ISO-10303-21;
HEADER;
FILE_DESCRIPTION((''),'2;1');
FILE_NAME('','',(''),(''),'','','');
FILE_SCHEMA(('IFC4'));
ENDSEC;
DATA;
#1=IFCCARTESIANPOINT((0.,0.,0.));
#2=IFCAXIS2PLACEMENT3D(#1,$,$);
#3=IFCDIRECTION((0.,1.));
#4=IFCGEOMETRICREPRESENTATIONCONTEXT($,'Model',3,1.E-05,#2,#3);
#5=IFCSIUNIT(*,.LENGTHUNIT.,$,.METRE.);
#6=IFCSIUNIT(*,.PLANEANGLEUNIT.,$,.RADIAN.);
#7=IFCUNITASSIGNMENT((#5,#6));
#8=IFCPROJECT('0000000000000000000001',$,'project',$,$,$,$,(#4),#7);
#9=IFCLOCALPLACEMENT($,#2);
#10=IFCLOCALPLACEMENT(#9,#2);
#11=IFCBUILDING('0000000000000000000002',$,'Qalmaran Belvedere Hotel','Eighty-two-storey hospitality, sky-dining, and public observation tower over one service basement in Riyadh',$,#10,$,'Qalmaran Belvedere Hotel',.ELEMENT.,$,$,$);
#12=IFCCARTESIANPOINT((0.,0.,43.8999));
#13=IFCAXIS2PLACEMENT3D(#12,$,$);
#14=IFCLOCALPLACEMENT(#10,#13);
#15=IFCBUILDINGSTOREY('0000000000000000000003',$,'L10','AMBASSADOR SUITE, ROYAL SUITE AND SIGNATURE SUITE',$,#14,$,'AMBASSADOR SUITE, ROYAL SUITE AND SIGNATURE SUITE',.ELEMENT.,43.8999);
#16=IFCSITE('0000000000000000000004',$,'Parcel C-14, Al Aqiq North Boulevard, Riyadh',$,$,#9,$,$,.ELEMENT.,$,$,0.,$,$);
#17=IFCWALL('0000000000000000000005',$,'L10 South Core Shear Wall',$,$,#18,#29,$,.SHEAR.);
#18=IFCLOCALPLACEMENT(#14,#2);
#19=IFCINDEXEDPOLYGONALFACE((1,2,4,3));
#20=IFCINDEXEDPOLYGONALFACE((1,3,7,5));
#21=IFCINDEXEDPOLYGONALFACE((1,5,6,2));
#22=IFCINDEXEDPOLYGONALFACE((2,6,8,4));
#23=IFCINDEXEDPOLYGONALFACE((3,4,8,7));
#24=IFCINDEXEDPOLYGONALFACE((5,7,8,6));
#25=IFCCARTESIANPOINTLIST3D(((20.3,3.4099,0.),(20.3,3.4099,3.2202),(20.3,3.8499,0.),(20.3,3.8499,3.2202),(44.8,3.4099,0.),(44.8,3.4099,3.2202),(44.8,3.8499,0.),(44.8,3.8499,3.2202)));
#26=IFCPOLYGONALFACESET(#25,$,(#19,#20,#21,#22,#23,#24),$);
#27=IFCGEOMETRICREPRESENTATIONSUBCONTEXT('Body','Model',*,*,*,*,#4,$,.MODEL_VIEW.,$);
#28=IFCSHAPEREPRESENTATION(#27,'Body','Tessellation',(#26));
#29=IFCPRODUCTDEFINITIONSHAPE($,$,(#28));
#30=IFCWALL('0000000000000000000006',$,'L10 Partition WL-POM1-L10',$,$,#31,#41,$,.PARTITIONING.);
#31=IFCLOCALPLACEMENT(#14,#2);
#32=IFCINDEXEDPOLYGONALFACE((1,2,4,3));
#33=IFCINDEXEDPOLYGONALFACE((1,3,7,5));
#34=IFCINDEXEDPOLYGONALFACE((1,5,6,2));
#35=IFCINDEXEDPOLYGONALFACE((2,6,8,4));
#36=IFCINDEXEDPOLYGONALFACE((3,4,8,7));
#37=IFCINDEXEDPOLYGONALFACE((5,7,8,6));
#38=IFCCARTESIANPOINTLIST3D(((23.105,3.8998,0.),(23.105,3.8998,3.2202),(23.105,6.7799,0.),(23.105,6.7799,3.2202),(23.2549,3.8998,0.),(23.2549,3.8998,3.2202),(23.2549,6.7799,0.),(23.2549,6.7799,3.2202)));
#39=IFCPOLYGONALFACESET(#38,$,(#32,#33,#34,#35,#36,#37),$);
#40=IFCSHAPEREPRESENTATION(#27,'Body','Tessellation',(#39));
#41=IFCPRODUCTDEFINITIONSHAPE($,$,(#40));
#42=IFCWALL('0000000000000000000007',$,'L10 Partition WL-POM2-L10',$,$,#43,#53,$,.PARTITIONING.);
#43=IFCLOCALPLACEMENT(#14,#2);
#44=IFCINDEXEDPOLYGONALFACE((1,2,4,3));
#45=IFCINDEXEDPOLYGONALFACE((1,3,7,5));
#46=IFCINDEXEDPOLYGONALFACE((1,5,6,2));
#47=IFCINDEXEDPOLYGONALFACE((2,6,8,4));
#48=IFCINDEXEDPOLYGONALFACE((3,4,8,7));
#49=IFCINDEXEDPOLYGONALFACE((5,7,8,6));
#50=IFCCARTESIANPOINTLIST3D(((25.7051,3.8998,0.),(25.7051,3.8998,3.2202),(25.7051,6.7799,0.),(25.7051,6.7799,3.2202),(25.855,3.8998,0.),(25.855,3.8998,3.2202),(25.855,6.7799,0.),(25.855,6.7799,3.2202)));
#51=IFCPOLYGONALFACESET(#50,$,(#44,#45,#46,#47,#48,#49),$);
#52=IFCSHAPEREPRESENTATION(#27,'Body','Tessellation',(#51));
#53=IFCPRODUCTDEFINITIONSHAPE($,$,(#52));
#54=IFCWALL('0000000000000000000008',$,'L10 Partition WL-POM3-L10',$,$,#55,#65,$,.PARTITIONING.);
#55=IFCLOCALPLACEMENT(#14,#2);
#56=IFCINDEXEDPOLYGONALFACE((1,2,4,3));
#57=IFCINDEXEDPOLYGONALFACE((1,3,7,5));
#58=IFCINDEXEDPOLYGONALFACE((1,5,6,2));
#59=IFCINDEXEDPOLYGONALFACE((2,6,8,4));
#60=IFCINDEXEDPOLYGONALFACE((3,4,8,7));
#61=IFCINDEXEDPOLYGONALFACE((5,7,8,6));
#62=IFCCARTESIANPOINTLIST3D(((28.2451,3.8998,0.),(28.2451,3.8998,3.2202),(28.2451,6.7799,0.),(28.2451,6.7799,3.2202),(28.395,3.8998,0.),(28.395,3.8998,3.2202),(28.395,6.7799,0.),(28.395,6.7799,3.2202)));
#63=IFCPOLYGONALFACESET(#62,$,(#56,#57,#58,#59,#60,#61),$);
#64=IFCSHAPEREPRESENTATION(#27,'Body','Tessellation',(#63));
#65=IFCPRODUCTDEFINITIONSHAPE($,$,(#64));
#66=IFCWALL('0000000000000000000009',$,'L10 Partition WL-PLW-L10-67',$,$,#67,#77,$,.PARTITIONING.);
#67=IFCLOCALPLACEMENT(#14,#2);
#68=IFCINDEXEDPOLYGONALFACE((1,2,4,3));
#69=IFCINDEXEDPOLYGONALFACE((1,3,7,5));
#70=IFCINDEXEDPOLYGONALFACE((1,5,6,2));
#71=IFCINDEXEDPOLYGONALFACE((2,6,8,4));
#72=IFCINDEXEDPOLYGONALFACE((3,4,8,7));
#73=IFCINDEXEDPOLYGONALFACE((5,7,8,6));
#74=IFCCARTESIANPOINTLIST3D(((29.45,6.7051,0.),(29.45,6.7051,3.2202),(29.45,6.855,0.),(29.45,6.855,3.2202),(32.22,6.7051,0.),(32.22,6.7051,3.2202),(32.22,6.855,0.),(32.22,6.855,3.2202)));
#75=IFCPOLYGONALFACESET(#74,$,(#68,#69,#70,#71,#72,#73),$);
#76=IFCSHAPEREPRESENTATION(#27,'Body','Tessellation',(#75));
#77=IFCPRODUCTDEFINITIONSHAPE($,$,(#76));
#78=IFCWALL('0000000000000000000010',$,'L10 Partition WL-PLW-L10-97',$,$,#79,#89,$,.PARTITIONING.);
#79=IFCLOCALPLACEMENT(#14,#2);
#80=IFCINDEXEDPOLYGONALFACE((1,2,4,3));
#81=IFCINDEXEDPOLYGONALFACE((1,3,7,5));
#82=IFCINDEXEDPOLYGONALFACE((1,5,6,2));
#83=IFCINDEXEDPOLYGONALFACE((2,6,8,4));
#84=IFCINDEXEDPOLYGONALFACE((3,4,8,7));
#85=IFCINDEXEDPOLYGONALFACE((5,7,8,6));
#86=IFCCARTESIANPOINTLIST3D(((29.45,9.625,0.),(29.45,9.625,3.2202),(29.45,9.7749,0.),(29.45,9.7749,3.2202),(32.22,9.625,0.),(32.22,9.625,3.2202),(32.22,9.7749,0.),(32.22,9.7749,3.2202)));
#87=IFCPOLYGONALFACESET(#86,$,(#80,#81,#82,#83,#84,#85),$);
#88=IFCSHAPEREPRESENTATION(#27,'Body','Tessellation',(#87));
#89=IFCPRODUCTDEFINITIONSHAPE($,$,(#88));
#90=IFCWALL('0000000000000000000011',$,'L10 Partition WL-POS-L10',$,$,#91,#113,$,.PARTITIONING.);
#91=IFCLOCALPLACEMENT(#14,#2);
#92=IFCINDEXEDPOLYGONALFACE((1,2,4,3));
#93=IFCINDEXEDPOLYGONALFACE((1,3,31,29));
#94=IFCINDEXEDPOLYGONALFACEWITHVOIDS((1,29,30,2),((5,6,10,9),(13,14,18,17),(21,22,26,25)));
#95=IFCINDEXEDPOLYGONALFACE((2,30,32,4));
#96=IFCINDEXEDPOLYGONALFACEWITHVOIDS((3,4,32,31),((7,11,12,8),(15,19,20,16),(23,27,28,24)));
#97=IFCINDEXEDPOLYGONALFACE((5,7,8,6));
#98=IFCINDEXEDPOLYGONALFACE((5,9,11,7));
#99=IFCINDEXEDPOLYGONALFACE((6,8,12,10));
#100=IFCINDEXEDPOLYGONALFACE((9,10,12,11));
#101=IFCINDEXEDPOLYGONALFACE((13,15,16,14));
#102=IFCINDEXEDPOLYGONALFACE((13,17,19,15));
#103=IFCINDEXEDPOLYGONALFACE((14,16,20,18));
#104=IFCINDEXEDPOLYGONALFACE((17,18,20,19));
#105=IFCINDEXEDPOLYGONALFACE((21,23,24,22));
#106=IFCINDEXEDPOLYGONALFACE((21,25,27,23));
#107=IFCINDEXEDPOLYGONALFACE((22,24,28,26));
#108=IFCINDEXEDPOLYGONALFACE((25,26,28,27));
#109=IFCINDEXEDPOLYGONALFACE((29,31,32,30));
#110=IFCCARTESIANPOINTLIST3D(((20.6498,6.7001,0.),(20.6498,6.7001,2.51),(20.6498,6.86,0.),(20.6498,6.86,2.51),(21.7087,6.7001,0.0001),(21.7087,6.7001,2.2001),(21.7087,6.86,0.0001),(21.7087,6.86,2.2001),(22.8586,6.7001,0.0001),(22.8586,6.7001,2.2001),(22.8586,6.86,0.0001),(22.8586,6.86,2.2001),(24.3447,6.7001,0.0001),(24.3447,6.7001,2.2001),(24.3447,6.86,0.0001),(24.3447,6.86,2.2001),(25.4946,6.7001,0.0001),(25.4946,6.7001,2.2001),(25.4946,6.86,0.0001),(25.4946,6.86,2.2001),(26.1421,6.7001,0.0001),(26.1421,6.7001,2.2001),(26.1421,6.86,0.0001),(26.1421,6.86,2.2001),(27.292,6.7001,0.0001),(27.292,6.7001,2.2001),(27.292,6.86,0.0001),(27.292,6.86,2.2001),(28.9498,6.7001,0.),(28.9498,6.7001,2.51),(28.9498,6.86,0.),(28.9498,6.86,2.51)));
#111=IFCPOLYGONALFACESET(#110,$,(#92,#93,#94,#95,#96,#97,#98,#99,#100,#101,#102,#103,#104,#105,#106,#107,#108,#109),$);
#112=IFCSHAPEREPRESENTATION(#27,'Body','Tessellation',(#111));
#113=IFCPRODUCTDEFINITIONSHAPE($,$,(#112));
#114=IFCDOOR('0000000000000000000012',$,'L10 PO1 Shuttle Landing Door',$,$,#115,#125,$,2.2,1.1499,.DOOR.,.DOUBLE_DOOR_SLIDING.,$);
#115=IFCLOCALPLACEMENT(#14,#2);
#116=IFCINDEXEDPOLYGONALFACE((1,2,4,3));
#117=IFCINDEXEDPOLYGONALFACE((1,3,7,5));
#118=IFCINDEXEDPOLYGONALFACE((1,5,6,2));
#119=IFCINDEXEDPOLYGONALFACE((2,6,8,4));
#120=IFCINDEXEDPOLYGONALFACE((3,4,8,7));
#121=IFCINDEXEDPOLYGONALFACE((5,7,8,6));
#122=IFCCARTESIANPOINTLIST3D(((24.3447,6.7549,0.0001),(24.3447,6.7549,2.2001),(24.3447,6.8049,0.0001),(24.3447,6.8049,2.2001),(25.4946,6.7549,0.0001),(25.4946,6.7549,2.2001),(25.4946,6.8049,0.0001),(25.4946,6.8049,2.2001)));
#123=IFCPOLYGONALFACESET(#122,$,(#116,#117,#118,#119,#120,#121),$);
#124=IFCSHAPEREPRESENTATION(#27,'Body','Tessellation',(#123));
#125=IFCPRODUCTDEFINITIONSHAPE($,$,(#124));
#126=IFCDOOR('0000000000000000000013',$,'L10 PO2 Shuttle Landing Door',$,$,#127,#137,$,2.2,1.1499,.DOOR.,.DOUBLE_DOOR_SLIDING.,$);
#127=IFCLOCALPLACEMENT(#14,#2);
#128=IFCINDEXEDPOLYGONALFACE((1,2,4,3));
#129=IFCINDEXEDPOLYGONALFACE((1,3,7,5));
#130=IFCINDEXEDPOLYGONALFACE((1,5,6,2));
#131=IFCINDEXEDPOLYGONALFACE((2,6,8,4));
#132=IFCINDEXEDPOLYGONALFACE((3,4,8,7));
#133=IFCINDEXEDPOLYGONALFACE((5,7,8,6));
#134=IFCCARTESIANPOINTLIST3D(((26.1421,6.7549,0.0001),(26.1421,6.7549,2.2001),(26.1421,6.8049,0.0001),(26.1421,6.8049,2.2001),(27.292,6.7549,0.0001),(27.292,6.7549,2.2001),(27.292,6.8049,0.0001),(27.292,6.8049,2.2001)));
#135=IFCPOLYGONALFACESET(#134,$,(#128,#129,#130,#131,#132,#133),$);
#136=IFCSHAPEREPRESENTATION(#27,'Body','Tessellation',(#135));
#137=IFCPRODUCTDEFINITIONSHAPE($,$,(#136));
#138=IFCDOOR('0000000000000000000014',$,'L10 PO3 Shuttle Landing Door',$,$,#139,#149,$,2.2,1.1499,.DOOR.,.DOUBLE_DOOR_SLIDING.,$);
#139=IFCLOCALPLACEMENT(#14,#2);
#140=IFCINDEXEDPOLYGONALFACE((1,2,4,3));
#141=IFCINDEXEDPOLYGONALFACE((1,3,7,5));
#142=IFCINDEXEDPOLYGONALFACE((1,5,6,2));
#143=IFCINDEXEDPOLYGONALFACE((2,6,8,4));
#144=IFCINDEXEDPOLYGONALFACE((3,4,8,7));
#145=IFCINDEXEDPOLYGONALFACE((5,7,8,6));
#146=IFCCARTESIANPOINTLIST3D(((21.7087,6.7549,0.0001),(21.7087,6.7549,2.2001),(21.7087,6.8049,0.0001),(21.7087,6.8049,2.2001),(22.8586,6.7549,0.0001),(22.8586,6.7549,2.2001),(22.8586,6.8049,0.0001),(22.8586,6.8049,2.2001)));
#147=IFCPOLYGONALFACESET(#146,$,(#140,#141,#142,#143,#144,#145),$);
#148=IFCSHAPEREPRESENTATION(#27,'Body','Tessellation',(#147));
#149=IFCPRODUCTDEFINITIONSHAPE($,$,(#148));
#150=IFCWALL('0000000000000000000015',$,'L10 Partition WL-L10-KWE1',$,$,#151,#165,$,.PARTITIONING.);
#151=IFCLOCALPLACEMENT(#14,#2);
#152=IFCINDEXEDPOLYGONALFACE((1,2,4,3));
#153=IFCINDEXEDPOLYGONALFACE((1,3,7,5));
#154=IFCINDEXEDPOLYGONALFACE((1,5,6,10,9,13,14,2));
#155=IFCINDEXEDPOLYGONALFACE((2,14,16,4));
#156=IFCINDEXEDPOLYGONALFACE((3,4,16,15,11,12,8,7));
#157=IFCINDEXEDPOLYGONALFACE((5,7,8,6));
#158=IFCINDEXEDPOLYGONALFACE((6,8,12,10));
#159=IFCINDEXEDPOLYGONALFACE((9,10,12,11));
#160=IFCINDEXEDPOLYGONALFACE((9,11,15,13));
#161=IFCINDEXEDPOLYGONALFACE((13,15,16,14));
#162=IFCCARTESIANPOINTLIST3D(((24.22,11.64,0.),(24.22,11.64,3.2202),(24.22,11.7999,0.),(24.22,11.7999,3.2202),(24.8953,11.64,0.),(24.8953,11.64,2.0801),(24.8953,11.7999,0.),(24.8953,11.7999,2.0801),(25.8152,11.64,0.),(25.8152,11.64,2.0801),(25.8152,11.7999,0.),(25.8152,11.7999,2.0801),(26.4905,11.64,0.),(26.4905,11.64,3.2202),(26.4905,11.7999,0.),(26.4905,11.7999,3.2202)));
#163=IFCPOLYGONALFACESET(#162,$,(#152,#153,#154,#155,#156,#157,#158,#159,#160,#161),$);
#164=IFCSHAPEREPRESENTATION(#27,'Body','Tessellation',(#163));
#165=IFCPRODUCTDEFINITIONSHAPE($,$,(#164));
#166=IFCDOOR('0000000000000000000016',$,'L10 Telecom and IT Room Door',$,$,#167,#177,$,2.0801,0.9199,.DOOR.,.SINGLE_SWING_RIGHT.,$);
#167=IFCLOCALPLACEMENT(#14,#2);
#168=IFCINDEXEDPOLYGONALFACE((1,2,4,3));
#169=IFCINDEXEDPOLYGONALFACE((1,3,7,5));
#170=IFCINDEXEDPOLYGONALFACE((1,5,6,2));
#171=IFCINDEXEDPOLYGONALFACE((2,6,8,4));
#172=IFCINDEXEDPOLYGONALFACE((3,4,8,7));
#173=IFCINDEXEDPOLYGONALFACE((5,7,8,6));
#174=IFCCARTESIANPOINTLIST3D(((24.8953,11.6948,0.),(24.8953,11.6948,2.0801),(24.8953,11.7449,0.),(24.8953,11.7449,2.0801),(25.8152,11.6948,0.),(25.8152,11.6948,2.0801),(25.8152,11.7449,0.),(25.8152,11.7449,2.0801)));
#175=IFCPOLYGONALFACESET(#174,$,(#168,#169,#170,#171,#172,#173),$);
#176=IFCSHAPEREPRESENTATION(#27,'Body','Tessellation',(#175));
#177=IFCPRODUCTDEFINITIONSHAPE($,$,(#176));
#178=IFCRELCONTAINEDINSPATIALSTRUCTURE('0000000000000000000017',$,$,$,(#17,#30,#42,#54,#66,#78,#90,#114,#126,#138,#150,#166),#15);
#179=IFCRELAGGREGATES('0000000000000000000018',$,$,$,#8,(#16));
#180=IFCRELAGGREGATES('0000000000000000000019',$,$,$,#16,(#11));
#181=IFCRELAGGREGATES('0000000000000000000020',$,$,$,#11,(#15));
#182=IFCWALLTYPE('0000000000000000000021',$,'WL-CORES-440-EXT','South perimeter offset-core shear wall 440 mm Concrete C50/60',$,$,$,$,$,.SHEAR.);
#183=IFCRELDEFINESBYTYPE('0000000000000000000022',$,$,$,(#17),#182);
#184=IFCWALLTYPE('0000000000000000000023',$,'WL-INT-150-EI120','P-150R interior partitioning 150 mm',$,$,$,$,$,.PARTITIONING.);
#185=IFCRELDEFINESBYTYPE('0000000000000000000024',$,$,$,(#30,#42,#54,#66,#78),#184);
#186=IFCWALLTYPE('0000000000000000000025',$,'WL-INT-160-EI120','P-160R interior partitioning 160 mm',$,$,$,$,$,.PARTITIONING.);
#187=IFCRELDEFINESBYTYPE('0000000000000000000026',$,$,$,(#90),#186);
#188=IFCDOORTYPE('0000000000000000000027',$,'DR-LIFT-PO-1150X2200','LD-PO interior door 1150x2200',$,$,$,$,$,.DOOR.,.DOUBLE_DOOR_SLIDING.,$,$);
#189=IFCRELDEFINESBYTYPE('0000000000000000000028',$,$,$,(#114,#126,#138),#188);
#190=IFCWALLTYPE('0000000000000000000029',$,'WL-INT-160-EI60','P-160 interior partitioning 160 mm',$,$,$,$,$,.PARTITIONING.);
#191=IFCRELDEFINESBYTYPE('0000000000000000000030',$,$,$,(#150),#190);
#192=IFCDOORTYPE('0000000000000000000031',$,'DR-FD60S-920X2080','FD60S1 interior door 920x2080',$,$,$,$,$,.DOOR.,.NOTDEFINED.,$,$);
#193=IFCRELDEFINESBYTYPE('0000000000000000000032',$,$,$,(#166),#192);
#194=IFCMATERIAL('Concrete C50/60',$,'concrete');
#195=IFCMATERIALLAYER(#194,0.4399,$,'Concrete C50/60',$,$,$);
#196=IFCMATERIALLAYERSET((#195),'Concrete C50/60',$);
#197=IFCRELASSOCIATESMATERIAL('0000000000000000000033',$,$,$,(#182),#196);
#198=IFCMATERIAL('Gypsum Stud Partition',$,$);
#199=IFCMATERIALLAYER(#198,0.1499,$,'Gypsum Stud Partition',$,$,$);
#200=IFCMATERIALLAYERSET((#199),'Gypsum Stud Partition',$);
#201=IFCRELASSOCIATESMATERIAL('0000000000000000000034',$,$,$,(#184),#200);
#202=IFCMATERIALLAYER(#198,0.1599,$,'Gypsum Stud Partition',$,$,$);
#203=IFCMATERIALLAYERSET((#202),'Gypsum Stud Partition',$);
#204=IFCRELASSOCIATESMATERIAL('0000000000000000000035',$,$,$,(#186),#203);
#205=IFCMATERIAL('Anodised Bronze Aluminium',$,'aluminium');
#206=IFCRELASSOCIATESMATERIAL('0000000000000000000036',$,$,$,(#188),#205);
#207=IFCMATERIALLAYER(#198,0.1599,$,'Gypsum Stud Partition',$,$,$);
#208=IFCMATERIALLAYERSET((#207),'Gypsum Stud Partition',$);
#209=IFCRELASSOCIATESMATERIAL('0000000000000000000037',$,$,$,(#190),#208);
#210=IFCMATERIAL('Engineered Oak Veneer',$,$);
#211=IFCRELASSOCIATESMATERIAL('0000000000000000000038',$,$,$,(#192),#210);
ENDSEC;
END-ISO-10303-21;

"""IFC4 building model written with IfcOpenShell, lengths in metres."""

from ifc_helpers import new_model, si_unit, direction, frame, frame_2d, origin, place, context, subcontext, project, spatial, rectangle, extrude, material, layer, layer_set, type_object, element, fill, save


model = new_model("IFC4")

# Units and contexts
model_context = context("Model", 3, precision=1e-05, world=origin(), true_north=direction((0.0, 1.0)))
body_context = subcontext(model_context, "Body", "Model", "MODEL_VIEW")
ifc_project = project(units=[si_unit("LENGTHUNIT", "METRE"), si_unit("PLANEANGLEUNIT", "RADIAN")], contexts=[model_context])

# Site, building, storey
site_placement = place(None, origin())
site = spatial("IfcSite", under=ifc_project, at=site_placement, Name="Parcel C-14, Al Aqiq North Boulevard, Riyadh", CompositionType="ELEMENT", RefElevation=0.0)
building_placement = place(site_placement, origin())
building = spatial("IfcBuilding", under=site, at=building_placement, Name="Qalmaran Belvedere Hotel", Description="Eighty-two-storey hospitality, sky-dining, and public observation tower over one service basement in Riyadh", LongName="Qalmaran Belvedere Hotel", CompositionType="ELEMENT")
storey_placement = place(building_placement, frame((0.0, 0.0, 43.8999)))
storey = spatial("IfcBuildingStorey", under=building, at=storey_placement, Name="L10", Description="AMBASSADOR SUITE, ROYAL SUITE AND SIGNATURE SUITE", LongName="AMBASSADOR SUITE, ROYAL SUITE AND SIGNATURE SUITE", CompositionType="ELEMENT", Elevation=43.8999)

# Shared definitions
ifc_material_1 = material(Name="Anodised Bronze Aluminium", Category="aluminium")

# Walls
ifc_material_2 = material(Name="Concrete C50/60", Category="concrete")
ifc_layer_1 = layer(ifc_material_2, 0.4399, Name="Concrete C50/60")
ifc_layer_set_1 = layer_set([ifc_layer_1], Name="Concrete C50/60")
wall_type_1 = type_object("IfcWallType", Name="WL-CORES-440-EXT", Description="South perimeter offset-core shear wall 440 mm Concrete C50/60", PredefinedType="SHEAR", material=ifc_layer_set_1)
wall_1_placement = place(storey_placement, frame((20.3, 3.6299, 0.0), z_axis=(0.0, 0.0, 1.0), x_axis=(1.0, 0.0, 0.0)))
element("IfcWall", 1, at=wall_1_placement, inside=storey, type_object=wall_type_1, Name="L10 South Core Shear Wall", PredefinedType="SHEAR", context=body_context, shape_type="SweptSolid", body=[
    extrude(rectangle(XDim=24.5, YDim=0.4399, at=frame_2d((12.25, 0.0))), origin(), (0.0, 0.0, 1.0), 3.2202),
])
ifc_material_3 = material(Name="Gypsum Stud Partition")
ifc_layer_2 = layer(ifc_material_3, 0.1499, Name="Gypsum Stud Partition")
ifc_layer_set_2 = layer_set([ifc_layer_2], Name="Gypsum Stud Partition")
wall_type_2 = type_object("IfcWallType", Name="WL-INT-150-EI120", Description="P-150R interior partitioning 150 mm", PredefinedType="PARTITIONING", material=ifc_layer_set_2)
for number, where, z_axis, x_axis, name in (
    (2, (23.1799, 3.8999, 0.0), (0.0, 0.0, 1.0), (0.0, 1.0, 0.0), "L10 Partition WL-POM1-L10"),
    (3, (25.78, 3.8999, 0.0), (0.0, 0.0, 1.0), (0.0, 1.0, 0.0), "L10 Partition WL-POM2-L10"),
    (4, (28.3201, 3.8999, 0.0), (0.0, 0.0, 1.0), (0.0, 1.0, 0.0), "L10 Partition WL-POM3-L10"),
):
    element("IfcWall", number, at=place(storey_placement, frame(where, z_axis=z_axis, x_axis=x_axis)), inside=storey, type_object=wall_type_2, Name=name, PredefinedType="PARTITIONING", context=body_context, shape_type="SweptSolid", body=[
        extrude(rectangle(XDim=2.8801, YDim=0.1499, at=frame_2d((1.4399, 0.0))), origin(), (0.0, 0.0, 1.0), 3.2202),
    ])
for number, where, z_axis, x_axis, name in (
    (5, (29.45, 6.78, 0.0), (0.0, 0.0, 1.0), (1.0, 0.0, 0.0), "L10 Partition WL-PLW-L10-67"),
    (6, (29.45, 9.7, 0.0), (0.0, 0.0, 1.0), (1.0, 0.0, 0.0), "L10 Partition WL-PLW-L10-97"),
):
    element("IfcWall", number, at=place(storey_placement, frame(where, z_axis=z_axis, x_axis=x_axis)), inside=storey, type_object=wall_type_2, Name=name, PredefinedType="PARTITIONING", context=body_context, shape_type="SweptSolid", body=[
        extrude(rectangle(XDim=2.77, YDim=0.1499, at=frame_2d((1.385, 0.0))), origin(), (0.0, 0.0, 1.0), 3.2202),
    ])

# Wall, openings, doors
ifc_layer_3 = layer(ifc_material_3, 0.1599, Name="Gypsum Stud Partition")
ifc_layer_set_3 = layer_set([ifc_layer_3], Name="Gypsum Stud Partition")
wall_type_3 = type_object("IfcWallType", Name="WL-INT-160-EI120", Description="P-160R interior partitioning 160 mm", PredefinedType="PARTITIONING", material=ifc_layer_set_3)
wall_2_placement = place(storey_placement, frame((20.6499, 6.78, 0.0), z_axis=(0.0, 0.0, 1.0), x_axis=(1.0, 0.0, 0.0)))
wall_2 = element("IfcWall", 7, at=wall_2_placement, inside=storey, type_object=wall_type_3, Name="L10 Partition WL-POS-L10", PredefinedType="PARTITIONING", context=body_context, shape_type="SweptSolid", body=[
    extrude(rectangle(XDim=8.3, YDim=0.1599, at=frame_2d((4.1499, 0.0))), origin(), (0.0, 0.0, 1.0), 2.51),
])
opening_1_placement = place(wall_2_placement, frame((3.6948, 0.0, 0.0)))
opening_1 = element("IfcOpeningElement", 8, at=opening_1_placement, cuts=wall_2, PredefinedType="OPENING", context=body_context, shape_type="SweptSolid", body=[
    extrude(rectangle(XDim=1.1499, YDim=2.2, at=frame_2d((0.575, 1.1001))), frame((0.0, 0.0898, 0.0), z_axis=(0.0, -1.0, 0.0), x_axis=(1.0, 0.0, 0.0)), (0.0, 0.0, 1.0), 0.1799),
])
opening_2_placement = place(wall_2_placement, frame((5.4922, 0.0, 0.0)))
opening_2 = element("IfcOpeningElement", 9, at=opening_2_placement, cuts=wall_2, PredefinedType="OPENING", context=body_context, shape_type="SweptSolid", body=[
    extrude(rectangle(XDim=1.1499, YDim=2.2, at=frame_2d((0.575, 1.1001))), frame((0.0, 0.0898, 0.0), z_axis=(0.0, -1.0, 0.0), x_axis=(1.0, 0.0, 0.0)), (0.0, 0.0, 1.0), 0.1799),
])
opening_3_placement = place(wall_2_placement, frame((1.0588, 0.0, 0.0)))
opening_3 = element("IfcOpeningElement", 10, at=opening_3_placement, cuts=wall_2, PredefinedType="OPENING", context=body_context, shape_type="SweptSolid", body=[
    extrude(rectangle(XDim=1.1499, YDim=2.2, at=frame_2d((0.575, 1.1001))), frame((0.0, 0.0898, 0.0), z_axis=(0.0, -1.0, 0.0), x_axis=(1.0, 0.0, 0.0)), (0.0, 0.0, 1.0), 0.1799),
])
door_type_1 = type_object("IfcDoorType", Name="DR-LIFT-PO-1150X2200", Description="LD-PO interior door 1150x2200", OperationType="DOUBLE_DOOR_SLIDING", PredefinedType="DOOR", material=ifc_material_1)
door_1_placement = place(opening_1_placement, origin())
door_1 = element("IfcDoor", 11, at=door_1_placement, inside=storey, type_object=door_type_1, Name="L10 PO1 Shuttle Landing Door", OperationType="DOUBLE_DOOR_SLIDING", OverallHeight=2.2, OverallWidth=1.1499, PredefinedType="DOOR", context=body_context, shape_type="SweptSolid", body=[
    extrude(rectangle(XDim=1.1499, YDim=2.2, at=frame_2d((0.575, 1.1001))), frame((0.0, 0.0249, 0.0), z_axis=(0.0, -1.0, 0.0), x_axis=(1.0, 0.0, 0.0)), (0.0, 0.0, 1.0), 0.05),
])
fill(opening_1, door_1)
door_2_placement = place(opening_2_placement, origin())
door_2 = element("IfcDoor", 12, at=door_2_placement, inside=storey, type_object=door_type_1, Name="L10 PO2 Shuttle Landing Door", OperationType="DOUBLE_DOOR_SLIDING", OverallHeight=2.2, OverallWidth=1.1499, PredefinedType="DOOR", context=body_context, shape_type="SweptSolid", body=[
    extrude(rectangle(XDim=1.1499, YDim=2.2, at=frame_2d((0.575, 1.1001))), frame((0.0, 0.0249, 0.0), z_axis=(0.0, -1.0, 0.0), x_axis=(1.0, 0.0, 0.0)), (0.0, 0.0, 1.0), 0.05),
])
fill(opening_2, door_2)
door_3_placement = place(opening_3_placement, origin())
door_3 = element("IfcDoor", 13, at=door_3_placement, inside=storey, type_object=door_type_1, Name="L10 PO3 Shuttle Landing Door", OperationType="DOUBLE_DOOR_SLIDING", OverallHeight=2.2, OverallWidth=1.1499, PredefinedType="DOOR", context=body_context, shape_type="SweptSolid", body=[
    extrude(rectangle(XDim=1.1499, YDim=2.2, at=frame_2d((0.575, 1.1001))), frame((0.0, 0.0249, 0.0), z_axis=(0.0, -1.0, 0.0), x_axis=(1.0, 0.0, 0.0)), (0.0, 0.0, 1.0), 0.05),
])
fill(opening_3, door_3)

# Wall, opening, door
ifc_layer_4 = layer(ifc_material_3, 0.1599, Name="Gypsum Stud Partition")
ifc_layer_set_4 = layer_set([ifc_layer_4], Name="Gypsum Stud Partition")
wall_type_4 = type_object("IfcWallType", Name="WL-INT-160-EI60", Description="P-160 interior partitioning 160 mm", PredefinedType="PARTITIONING", material=ifc_layer_set_4)
wall_3_placement = place(storey_placement, frame((24.22, 11.72, 0.0), z_axis=(0.0, 0.0, 1.0), x_axis=(1.0, 0.0, 0.0)))
wall_3 = element("IfcWall", 14, at=wall_3_placement, inside=storey, type_object=wall_type_4, Name="L10 Partition WL-L10-KWE1", PredefinedType="PARTITIONING", context=body_context, shape_type="SweptSolid", body=[
    extrude(rectangle(XDim=2.2705, YDim=0.1599, at=frame_2d((1.1353, 0.0))), origin(), (0.0, 0.0, 1.0), 3.2202),
])
opening_4_placement = place(wall_3_placement, frame((0.6753, 0.0, 0.0)))
opening_4 = element("IfcOpeningElement", 15, at=opening_4_placement, cuts=wall_3, PredefinedType="OPENING", context=body_context, shape_type="SweptSolid", body=[
    extrude(rectangle(XDim=0.9199, YDim=2.0801, at=frame_2d((0.46, 1.04))), frame((0.0, 0.0898, 0.0), z_axis=(0.0, -1.0, 0.0), x_axis=(1.0, 0.0, 0.0)), (0.0, 0.0, 1.0), 0.1799),
])
ifc_material_4 = material(Name="Engineered Oak Veneer")
door_type_2 = type_object("IfcDoorType", Name="DR-FD60S-920X2080", Description="FD60S1 interior door 920x2080", OperationType="NOTDEFINED", PredefinedType="DOOR", material=ifc_material_4)
door_4_placement = place(opening_4_placement, origin())
door_4 = element("IfcDoor", 16, at=door_4_placement, inside=storey, type_object=door_type_2, Name="L10 Telecom and IT Room Door", OperationType="SINGLE_SWING_RIGHT", OverallHeight=2.0801, OverallWidth=0.9199, PredefinedType="DOOR", context=body_context, shape_type="SweptSolid", body=[
    extrude(rectangle(XDim=0.9199, YDim=2.0801, at=frame_2d((0.46, 1.04))), frame((0.0, 0.0249, 0.0), z_axis=(0.0, -1.0, 0.0), x_axis=(1.0, 0.0, 0.0)), (0.0, 0.0, 1.0), 0.05),
])
fill(opening_4, door_4)

save(model, "model.ifc")
